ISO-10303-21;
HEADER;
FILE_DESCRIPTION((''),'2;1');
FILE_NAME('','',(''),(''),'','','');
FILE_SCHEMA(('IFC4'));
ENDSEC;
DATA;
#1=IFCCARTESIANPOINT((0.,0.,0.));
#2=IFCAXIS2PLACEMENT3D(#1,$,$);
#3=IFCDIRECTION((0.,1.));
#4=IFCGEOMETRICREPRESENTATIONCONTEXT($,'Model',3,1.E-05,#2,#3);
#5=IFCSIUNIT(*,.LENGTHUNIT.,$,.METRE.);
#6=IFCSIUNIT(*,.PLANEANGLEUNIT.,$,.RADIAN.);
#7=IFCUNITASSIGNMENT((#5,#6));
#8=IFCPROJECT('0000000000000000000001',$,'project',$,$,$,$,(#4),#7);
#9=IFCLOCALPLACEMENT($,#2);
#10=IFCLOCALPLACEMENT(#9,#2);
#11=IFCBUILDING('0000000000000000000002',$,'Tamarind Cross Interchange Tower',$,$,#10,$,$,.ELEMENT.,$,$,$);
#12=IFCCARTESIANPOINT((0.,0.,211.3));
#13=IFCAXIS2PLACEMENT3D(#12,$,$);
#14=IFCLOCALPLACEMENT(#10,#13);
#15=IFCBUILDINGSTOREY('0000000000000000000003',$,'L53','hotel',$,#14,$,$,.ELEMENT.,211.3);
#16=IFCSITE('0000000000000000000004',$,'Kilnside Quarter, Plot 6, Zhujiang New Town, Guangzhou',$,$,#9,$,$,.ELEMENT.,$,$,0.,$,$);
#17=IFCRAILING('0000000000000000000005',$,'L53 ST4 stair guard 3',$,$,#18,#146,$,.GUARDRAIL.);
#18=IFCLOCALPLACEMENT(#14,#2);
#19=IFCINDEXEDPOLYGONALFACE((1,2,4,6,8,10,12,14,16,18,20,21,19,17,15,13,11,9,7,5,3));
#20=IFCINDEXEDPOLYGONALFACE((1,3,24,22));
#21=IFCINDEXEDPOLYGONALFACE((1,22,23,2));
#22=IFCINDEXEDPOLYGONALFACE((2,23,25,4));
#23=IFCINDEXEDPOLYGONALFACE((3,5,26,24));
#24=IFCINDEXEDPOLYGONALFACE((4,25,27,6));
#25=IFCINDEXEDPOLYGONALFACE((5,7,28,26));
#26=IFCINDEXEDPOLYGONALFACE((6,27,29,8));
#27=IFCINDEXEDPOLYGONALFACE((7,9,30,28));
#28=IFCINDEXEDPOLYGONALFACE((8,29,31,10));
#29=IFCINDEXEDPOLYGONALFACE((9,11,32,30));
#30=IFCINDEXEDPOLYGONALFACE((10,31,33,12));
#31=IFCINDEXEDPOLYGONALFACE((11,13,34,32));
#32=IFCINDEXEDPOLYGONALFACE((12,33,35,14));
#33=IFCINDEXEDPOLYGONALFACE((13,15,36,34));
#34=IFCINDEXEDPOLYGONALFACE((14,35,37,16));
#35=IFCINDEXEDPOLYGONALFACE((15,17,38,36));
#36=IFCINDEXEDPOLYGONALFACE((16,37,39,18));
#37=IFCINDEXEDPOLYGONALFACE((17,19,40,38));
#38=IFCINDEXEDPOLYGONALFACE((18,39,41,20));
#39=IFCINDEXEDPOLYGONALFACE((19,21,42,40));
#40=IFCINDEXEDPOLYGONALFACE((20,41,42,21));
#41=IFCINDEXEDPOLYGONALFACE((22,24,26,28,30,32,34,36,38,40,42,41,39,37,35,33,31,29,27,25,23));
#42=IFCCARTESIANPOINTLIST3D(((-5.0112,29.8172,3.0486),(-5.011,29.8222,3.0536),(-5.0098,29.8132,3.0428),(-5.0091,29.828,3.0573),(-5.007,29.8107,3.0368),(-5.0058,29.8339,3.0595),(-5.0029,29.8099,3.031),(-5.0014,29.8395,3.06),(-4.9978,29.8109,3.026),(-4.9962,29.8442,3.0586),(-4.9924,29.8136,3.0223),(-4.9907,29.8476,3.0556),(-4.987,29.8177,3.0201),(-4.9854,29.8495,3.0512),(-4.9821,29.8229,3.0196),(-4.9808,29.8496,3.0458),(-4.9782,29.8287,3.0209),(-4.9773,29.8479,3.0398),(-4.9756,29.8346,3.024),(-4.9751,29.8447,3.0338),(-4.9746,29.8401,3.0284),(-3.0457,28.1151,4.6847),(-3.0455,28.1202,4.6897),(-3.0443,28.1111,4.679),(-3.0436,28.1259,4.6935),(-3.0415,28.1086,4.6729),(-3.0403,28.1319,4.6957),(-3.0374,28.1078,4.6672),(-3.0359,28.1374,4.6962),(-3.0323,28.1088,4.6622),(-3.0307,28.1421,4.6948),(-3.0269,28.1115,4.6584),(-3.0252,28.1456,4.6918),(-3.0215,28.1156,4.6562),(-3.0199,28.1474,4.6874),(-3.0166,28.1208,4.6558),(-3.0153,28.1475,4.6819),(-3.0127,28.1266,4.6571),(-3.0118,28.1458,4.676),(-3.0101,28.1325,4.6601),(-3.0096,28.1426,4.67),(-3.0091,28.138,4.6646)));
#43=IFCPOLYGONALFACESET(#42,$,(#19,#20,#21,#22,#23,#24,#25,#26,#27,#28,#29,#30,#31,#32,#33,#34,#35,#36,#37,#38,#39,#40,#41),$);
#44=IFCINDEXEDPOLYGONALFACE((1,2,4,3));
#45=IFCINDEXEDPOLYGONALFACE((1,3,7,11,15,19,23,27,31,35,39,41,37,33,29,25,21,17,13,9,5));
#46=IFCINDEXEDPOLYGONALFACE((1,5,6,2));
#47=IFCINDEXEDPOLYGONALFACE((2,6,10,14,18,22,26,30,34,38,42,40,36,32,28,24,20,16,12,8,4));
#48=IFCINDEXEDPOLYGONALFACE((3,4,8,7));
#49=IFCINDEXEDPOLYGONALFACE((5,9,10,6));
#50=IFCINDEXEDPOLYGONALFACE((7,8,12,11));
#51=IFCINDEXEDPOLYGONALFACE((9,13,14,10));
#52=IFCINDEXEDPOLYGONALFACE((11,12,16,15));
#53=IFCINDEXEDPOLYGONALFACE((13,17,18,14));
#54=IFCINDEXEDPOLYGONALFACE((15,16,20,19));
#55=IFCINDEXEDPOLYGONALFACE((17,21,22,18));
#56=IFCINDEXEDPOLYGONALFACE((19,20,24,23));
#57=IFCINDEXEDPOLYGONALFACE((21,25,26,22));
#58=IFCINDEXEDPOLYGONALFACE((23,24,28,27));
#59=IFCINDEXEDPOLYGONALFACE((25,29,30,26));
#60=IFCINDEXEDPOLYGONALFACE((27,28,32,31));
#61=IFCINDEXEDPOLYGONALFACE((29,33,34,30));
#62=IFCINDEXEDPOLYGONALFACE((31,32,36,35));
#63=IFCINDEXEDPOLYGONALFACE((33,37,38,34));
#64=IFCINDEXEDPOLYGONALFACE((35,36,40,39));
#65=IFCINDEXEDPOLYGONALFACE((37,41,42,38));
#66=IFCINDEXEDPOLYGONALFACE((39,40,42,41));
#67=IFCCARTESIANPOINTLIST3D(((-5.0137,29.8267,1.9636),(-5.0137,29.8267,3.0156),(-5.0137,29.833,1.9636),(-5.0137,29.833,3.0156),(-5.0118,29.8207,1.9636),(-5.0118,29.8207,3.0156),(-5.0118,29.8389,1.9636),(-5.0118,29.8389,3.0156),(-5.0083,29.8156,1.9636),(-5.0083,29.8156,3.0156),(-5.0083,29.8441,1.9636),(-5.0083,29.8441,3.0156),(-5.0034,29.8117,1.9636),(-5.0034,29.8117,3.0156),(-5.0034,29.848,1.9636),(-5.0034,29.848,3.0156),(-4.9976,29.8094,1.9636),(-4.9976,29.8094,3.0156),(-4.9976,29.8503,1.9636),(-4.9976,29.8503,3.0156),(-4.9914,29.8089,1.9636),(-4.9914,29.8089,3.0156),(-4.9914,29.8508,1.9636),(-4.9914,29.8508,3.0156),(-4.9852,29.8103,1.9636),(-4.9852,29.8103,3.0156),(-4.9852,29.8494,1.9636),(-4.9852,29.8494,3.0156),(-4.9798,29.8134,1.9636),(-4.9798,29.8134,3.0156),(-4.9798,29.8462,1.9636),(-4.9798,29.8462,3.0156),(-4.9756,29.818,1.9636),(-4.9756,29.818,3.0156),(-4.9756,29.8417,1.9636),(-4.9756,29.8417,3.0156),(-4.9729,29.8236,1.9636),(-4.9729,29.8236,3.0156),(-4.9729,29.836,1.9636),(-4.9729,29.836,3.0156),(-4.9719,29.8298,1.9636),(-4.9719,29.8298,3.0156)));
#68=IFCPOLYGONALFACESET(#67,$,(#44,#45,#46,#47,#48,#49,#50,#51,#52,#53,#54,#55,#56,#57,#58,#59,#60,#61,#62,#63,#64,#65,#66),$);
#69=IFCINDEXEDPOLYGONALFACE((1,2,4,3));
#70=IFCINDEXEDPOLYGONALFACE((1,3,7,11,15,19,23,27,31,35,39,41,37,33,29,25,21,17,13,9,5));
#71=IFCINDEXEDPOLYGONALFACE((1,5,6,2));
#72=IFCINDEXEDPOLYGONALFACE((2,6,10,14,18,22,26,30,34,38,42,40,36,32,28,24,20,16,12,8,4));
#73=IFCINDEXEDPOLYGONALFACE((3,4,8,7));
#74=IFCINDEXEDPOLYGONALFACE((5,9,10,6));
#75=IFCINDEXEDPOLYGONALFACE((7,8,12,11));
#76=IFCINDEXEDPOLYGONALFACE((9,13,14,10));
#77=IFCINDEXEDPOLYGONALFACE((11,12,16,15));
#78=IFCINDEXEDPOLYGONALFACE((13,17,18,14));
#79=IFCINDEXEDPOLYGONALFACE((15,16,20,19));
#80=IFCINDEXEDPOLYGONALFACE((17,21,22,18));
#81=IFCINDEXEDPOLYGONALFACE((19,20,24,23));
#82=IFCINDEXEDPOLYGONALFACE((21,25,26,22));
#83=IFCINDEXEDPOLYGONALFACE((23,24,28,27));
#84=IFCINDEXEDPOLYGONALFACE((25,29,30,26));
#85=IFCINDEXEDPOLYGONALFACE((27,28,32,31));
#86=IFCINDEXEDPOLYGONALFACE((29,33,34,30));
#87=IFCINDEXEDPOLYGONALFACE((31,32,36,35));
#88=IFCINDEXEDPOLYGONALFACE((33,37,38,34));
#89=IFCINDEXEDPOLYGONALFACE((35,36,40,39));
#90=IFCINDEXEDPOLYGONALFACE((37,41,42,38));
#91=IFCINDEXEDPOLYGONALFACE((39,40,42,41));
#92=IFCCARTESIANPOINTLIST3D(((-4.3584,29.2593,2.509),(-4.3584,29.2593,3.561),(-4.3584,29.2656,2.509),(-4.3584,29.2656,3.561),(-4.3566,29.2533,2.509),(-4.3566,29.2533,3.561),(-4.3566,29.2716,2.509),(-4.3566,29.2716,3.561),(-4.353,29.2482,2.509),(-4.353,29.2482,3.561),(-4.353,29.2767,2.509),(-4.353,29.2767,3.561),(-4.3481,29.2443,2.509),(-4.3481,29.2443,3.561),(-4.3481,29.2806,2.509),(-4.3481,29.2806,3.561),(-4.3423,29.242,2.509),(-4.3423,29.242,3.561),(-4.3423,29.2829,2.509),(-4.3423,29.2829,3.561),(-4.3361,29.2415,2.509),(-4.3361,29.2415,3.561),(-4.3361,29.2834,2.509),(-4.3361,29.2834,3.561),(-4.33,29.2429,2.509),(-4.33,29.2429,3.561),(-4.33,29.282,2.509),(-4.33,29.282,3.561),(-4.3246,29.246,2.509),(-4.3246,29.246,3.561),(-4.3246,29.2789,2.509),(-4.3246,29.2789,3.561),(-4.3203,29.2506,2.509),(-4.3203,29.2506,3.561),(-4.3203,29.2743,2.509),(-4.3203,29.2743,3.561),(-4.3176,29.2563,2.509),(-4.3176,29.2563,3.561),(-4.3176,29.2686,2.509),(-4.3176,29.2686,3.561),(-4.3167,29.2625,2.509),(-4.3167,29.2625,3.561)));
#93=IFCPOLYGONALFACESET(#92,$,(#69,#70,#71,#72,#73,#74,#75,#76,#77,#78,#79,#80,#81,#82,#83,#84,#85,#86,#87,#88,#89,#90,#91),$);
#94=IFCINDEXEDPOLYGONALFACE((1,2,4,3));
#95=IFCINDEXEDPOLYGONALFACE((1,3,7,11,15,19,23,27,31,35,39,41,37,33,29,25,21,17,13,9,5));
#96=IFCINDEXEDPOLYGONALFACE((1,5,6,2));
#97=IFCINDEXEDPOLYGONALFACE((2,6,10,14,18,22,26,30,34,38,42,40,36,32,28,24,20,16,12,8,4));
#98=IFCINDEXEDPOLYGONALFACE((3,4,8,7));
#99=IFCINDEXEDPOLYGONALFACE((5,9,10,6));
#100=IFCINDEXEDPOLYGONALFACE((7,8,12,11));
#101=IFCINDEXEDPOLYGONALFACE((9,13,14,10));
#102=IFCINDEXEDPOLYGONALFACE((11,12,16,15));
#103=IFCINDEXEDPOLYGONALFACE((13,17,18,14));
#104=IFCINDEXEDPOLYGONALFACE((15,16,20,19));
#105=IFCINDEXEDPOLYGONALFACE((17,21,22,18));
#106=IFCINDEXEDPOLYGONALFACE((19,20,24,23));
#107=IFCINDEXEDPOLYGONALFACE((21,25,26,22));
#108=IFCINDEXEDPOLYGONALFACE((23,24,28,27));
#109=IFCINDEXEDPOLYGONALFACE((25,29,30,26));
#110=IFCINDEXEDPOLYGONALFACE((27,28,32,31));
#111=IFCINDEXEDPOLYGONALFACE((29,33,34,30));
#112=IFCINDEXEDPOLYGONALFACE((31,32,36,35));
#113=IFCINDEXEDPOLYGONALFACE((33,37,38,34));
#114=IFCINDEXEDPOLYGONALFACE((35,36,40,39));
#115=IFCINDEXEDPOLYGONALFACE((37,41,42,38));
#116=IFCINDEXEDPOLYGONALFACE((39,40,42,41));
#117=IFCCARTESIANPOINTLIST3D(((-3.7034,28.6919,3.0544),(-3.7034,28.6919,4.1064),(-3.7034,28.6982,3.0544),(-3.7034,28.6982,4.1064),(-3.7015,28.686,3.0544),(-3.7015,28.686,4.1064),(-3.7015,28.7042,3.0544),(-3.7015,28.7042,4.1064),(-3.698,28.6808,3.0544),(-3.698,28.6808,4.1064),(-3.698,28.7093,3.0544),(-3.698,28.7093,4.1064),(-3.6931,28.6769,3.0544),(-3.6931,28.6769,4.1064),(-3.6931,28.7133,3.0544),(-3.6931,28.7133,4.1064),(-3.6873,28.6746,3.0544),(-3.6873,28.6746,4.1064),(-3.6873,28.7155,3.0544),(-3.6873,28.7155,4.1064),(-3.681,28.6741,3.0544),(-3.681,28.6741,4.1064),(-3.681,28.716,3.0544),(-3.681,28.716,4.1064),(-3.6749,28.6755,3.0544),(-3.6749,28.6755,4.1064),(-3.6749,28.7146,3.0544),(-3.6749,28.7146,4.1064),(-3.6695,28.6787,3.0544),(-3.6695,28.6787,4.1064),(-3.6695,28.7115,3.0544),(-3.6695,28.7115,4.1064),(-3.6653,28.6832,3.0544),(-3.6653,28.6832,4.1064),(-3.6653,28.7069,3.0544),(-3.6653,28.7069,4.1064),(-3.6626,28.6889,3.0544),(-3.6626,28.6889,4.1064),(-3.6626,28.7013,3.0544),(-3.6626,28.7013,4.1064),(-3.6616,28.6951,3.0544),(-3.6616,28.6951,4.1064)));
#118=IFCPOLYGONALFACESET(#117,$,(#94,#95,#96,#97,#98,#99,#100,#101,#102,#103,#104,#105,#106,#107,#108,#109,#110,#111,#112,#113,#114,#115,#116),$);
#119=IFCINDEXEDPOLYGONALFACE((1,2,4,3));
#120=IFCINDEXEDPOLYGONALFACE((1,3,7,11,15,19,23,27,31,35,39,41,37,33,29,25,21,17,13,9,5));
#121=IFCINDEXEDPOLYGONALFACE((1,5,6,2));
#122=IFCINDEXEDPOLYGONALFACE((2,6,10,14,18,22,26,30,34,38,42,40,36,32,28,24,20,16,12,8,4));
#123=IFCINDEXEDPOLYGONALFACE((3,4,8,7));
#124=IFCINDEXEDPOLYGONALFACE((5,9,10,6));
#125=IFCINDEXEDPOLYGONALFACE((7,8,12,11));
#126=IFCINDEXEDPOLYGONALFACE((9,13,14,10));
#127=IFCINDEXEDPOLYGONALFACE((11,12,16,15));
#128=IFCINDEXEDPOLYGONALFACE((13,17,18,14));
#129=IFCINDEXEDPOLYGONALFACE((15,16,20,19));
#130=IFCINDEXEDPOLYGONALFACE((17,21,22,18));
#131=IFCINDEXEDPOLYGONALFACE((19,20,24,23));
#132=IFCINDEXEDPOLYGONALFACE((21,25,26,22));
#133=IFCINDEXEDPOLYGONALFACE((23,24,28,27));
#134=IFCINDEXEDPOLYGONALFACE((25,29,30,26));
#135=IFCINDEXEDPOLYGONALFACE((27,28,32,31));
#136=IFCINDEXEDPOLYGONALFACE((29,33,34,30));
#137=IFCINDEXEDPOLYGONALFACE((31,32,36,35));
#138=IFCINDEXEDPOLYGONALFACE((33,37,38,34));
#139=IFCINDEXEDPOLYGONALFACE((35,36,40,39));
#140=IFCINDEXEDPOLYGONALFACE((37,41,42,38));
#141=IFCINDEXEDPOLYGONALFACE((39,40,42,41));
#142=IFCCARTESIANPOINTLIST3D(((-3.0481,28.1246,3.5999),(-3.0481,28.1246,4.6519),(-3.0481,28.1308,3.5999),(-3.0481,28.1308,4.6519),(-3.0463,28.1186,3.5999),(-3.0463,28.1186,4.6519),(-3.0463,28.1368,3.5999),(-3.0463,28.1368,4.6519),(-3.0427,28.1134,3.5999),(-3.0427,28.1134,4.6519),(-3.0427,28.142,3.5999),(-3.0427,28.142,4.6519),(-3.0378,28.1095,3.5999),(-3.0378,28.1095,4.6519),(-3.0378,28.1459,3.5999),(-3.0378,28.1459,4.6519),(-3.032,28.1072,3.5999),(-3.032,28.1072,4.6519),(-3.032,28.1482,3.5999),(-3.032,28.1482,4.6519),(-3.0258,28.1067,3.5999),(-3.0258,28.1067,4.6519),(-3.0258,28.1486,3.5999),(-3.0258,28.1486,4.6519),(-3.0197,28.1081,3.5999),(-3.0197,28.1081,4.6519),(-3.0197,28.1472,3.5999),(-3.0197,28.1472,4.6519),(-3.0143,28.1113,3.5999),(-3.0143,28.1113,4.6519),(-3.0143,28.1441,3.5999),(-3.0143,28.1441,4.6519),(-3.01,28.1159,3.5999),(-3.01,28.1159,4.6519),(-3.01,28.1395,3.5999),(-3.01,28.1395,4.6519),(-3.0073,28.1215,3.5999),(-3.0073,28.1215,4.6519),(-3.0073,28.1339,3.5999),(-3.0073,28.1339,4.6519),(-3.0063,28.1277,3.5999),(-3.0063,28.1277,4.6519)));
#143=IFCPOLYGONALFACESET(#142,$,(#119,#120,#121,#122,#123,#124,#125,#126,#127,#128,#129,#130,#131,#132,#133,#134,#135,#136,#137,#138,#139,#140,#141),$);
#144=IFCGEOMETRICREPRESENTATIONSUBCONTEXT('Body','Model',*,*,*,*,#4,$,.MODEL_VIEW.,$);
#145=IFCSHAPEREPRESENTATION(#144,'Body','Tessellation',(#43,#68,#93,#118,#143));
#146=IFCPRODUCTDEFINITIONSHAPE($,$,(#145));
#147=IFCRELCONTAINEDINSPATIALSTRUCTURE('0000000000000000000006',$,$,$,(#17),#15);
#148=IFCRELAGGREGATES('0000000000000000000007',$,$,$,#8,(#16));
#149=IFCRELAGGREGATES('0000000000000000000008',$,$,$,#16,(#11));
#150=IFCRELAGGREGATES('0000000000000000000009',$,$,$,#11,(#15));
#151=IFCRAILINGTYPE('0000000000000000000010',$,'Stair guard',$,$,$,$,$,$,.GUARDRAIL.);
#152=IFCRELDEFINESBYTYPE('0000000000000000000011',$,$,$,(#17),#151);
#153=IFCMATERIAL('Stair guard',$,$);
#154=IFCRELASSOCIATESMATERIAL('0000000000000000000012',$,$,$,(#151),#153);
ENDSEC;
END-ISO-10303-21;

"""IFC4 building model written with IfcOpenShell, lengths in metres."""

from ifc_helpers import new_model, si_unit, direction, frame, origin, origin_2d, place, context, subcontext, project, spatial, circle, extrude, material, type_object, element, save


model = new_model("IFC4")

# Units and contexts
model_context = context("Model", 3, precision=1e-05, world=origin(), true_north=direction((0.0, 1.0)))
body_context = subcontext(model_context, "Body", "Model", "MODEL_VIEW")
ifc_project = project(units=[si_unit("LENGTHUNIT", "METRE"), si_unit("PLANEANGLEUNIT", "RADIAN")], contexts=[model_context])

# Site, building, storey
site_placement = place(None, origin())
site = spatial("IfcSite", under=ifc_project, at=site_placement, Name="Kilnside Quarter, Plot 6, Zhujiang New Town, Guangzhou", CompositionType="ELEMENT", RefElevation=0.0)
building_placement = place(site_placement, origin())
building = spatial("IfcBuilding", under=site, at=building_placement, Name="Tamarind Cross Interchange Tower", CompositionType="ELEMENT")
storey_placement = place(building_placement, frame((0.0, 0.0, 211.3)))
storey = spatial("IfcBuildingStorey", under=building, at=storey_placement, Name="L53", Description="hotel", CompositionType="ELEMENT", Elevation=211.3)

# Railing
ifc_material_1 = material(Name="Stair guard")
railing_type_1 = type_object("IfcRailingType", Name="Stair guard", PredefinedType="GUARDRAIL", material=ifc_material_1)
railing_1_placement = place(storey_placement, frame((-4.9929, 29.8298, 1.9636)))
element("IfcRailing", 1, at=railing_1_placement, inside=storey, type_object=railing_type_1, Name="L53 ST4 stair guard 3", PredefinedType="GUARDRAIL", context=body_context, shape_type="SweptSolid", body=[
    extrude(circle(Radius=0.0239, at=origin_2d()), frame((0.0, 0.0, 1.0762), z_axis=(0.639807, -0.554059, 0.532603), x_axis=(0.654634, 0.755946, 0.0)), (0.0, 0.0, 1.0), 3.072),
    extrude(circle(Radius=0.021, at=origin_2d()), origin(), (0.0, 0.0, 1.0), 1.052),
    extrude(circle(Radius=0.021, at=origin_2d()), frame((0.6553, -0.5674, 0.5454)), (0.0, 0.0, 1.0), 1.052),
    extrude(circle(Radius=0.021, at=origin_2d()), frame((1.3103, -1.1348, 1.0908)), (0.0, 0.0, 1.0), 1.052),
    extrude(circle(Radius=0.021, at=origin_2d()), frame((1.9656, -1.7021, 1.6362)), (0.0, 0.0, 1.0), 1.052),
])

save(model, "model.ifc")
